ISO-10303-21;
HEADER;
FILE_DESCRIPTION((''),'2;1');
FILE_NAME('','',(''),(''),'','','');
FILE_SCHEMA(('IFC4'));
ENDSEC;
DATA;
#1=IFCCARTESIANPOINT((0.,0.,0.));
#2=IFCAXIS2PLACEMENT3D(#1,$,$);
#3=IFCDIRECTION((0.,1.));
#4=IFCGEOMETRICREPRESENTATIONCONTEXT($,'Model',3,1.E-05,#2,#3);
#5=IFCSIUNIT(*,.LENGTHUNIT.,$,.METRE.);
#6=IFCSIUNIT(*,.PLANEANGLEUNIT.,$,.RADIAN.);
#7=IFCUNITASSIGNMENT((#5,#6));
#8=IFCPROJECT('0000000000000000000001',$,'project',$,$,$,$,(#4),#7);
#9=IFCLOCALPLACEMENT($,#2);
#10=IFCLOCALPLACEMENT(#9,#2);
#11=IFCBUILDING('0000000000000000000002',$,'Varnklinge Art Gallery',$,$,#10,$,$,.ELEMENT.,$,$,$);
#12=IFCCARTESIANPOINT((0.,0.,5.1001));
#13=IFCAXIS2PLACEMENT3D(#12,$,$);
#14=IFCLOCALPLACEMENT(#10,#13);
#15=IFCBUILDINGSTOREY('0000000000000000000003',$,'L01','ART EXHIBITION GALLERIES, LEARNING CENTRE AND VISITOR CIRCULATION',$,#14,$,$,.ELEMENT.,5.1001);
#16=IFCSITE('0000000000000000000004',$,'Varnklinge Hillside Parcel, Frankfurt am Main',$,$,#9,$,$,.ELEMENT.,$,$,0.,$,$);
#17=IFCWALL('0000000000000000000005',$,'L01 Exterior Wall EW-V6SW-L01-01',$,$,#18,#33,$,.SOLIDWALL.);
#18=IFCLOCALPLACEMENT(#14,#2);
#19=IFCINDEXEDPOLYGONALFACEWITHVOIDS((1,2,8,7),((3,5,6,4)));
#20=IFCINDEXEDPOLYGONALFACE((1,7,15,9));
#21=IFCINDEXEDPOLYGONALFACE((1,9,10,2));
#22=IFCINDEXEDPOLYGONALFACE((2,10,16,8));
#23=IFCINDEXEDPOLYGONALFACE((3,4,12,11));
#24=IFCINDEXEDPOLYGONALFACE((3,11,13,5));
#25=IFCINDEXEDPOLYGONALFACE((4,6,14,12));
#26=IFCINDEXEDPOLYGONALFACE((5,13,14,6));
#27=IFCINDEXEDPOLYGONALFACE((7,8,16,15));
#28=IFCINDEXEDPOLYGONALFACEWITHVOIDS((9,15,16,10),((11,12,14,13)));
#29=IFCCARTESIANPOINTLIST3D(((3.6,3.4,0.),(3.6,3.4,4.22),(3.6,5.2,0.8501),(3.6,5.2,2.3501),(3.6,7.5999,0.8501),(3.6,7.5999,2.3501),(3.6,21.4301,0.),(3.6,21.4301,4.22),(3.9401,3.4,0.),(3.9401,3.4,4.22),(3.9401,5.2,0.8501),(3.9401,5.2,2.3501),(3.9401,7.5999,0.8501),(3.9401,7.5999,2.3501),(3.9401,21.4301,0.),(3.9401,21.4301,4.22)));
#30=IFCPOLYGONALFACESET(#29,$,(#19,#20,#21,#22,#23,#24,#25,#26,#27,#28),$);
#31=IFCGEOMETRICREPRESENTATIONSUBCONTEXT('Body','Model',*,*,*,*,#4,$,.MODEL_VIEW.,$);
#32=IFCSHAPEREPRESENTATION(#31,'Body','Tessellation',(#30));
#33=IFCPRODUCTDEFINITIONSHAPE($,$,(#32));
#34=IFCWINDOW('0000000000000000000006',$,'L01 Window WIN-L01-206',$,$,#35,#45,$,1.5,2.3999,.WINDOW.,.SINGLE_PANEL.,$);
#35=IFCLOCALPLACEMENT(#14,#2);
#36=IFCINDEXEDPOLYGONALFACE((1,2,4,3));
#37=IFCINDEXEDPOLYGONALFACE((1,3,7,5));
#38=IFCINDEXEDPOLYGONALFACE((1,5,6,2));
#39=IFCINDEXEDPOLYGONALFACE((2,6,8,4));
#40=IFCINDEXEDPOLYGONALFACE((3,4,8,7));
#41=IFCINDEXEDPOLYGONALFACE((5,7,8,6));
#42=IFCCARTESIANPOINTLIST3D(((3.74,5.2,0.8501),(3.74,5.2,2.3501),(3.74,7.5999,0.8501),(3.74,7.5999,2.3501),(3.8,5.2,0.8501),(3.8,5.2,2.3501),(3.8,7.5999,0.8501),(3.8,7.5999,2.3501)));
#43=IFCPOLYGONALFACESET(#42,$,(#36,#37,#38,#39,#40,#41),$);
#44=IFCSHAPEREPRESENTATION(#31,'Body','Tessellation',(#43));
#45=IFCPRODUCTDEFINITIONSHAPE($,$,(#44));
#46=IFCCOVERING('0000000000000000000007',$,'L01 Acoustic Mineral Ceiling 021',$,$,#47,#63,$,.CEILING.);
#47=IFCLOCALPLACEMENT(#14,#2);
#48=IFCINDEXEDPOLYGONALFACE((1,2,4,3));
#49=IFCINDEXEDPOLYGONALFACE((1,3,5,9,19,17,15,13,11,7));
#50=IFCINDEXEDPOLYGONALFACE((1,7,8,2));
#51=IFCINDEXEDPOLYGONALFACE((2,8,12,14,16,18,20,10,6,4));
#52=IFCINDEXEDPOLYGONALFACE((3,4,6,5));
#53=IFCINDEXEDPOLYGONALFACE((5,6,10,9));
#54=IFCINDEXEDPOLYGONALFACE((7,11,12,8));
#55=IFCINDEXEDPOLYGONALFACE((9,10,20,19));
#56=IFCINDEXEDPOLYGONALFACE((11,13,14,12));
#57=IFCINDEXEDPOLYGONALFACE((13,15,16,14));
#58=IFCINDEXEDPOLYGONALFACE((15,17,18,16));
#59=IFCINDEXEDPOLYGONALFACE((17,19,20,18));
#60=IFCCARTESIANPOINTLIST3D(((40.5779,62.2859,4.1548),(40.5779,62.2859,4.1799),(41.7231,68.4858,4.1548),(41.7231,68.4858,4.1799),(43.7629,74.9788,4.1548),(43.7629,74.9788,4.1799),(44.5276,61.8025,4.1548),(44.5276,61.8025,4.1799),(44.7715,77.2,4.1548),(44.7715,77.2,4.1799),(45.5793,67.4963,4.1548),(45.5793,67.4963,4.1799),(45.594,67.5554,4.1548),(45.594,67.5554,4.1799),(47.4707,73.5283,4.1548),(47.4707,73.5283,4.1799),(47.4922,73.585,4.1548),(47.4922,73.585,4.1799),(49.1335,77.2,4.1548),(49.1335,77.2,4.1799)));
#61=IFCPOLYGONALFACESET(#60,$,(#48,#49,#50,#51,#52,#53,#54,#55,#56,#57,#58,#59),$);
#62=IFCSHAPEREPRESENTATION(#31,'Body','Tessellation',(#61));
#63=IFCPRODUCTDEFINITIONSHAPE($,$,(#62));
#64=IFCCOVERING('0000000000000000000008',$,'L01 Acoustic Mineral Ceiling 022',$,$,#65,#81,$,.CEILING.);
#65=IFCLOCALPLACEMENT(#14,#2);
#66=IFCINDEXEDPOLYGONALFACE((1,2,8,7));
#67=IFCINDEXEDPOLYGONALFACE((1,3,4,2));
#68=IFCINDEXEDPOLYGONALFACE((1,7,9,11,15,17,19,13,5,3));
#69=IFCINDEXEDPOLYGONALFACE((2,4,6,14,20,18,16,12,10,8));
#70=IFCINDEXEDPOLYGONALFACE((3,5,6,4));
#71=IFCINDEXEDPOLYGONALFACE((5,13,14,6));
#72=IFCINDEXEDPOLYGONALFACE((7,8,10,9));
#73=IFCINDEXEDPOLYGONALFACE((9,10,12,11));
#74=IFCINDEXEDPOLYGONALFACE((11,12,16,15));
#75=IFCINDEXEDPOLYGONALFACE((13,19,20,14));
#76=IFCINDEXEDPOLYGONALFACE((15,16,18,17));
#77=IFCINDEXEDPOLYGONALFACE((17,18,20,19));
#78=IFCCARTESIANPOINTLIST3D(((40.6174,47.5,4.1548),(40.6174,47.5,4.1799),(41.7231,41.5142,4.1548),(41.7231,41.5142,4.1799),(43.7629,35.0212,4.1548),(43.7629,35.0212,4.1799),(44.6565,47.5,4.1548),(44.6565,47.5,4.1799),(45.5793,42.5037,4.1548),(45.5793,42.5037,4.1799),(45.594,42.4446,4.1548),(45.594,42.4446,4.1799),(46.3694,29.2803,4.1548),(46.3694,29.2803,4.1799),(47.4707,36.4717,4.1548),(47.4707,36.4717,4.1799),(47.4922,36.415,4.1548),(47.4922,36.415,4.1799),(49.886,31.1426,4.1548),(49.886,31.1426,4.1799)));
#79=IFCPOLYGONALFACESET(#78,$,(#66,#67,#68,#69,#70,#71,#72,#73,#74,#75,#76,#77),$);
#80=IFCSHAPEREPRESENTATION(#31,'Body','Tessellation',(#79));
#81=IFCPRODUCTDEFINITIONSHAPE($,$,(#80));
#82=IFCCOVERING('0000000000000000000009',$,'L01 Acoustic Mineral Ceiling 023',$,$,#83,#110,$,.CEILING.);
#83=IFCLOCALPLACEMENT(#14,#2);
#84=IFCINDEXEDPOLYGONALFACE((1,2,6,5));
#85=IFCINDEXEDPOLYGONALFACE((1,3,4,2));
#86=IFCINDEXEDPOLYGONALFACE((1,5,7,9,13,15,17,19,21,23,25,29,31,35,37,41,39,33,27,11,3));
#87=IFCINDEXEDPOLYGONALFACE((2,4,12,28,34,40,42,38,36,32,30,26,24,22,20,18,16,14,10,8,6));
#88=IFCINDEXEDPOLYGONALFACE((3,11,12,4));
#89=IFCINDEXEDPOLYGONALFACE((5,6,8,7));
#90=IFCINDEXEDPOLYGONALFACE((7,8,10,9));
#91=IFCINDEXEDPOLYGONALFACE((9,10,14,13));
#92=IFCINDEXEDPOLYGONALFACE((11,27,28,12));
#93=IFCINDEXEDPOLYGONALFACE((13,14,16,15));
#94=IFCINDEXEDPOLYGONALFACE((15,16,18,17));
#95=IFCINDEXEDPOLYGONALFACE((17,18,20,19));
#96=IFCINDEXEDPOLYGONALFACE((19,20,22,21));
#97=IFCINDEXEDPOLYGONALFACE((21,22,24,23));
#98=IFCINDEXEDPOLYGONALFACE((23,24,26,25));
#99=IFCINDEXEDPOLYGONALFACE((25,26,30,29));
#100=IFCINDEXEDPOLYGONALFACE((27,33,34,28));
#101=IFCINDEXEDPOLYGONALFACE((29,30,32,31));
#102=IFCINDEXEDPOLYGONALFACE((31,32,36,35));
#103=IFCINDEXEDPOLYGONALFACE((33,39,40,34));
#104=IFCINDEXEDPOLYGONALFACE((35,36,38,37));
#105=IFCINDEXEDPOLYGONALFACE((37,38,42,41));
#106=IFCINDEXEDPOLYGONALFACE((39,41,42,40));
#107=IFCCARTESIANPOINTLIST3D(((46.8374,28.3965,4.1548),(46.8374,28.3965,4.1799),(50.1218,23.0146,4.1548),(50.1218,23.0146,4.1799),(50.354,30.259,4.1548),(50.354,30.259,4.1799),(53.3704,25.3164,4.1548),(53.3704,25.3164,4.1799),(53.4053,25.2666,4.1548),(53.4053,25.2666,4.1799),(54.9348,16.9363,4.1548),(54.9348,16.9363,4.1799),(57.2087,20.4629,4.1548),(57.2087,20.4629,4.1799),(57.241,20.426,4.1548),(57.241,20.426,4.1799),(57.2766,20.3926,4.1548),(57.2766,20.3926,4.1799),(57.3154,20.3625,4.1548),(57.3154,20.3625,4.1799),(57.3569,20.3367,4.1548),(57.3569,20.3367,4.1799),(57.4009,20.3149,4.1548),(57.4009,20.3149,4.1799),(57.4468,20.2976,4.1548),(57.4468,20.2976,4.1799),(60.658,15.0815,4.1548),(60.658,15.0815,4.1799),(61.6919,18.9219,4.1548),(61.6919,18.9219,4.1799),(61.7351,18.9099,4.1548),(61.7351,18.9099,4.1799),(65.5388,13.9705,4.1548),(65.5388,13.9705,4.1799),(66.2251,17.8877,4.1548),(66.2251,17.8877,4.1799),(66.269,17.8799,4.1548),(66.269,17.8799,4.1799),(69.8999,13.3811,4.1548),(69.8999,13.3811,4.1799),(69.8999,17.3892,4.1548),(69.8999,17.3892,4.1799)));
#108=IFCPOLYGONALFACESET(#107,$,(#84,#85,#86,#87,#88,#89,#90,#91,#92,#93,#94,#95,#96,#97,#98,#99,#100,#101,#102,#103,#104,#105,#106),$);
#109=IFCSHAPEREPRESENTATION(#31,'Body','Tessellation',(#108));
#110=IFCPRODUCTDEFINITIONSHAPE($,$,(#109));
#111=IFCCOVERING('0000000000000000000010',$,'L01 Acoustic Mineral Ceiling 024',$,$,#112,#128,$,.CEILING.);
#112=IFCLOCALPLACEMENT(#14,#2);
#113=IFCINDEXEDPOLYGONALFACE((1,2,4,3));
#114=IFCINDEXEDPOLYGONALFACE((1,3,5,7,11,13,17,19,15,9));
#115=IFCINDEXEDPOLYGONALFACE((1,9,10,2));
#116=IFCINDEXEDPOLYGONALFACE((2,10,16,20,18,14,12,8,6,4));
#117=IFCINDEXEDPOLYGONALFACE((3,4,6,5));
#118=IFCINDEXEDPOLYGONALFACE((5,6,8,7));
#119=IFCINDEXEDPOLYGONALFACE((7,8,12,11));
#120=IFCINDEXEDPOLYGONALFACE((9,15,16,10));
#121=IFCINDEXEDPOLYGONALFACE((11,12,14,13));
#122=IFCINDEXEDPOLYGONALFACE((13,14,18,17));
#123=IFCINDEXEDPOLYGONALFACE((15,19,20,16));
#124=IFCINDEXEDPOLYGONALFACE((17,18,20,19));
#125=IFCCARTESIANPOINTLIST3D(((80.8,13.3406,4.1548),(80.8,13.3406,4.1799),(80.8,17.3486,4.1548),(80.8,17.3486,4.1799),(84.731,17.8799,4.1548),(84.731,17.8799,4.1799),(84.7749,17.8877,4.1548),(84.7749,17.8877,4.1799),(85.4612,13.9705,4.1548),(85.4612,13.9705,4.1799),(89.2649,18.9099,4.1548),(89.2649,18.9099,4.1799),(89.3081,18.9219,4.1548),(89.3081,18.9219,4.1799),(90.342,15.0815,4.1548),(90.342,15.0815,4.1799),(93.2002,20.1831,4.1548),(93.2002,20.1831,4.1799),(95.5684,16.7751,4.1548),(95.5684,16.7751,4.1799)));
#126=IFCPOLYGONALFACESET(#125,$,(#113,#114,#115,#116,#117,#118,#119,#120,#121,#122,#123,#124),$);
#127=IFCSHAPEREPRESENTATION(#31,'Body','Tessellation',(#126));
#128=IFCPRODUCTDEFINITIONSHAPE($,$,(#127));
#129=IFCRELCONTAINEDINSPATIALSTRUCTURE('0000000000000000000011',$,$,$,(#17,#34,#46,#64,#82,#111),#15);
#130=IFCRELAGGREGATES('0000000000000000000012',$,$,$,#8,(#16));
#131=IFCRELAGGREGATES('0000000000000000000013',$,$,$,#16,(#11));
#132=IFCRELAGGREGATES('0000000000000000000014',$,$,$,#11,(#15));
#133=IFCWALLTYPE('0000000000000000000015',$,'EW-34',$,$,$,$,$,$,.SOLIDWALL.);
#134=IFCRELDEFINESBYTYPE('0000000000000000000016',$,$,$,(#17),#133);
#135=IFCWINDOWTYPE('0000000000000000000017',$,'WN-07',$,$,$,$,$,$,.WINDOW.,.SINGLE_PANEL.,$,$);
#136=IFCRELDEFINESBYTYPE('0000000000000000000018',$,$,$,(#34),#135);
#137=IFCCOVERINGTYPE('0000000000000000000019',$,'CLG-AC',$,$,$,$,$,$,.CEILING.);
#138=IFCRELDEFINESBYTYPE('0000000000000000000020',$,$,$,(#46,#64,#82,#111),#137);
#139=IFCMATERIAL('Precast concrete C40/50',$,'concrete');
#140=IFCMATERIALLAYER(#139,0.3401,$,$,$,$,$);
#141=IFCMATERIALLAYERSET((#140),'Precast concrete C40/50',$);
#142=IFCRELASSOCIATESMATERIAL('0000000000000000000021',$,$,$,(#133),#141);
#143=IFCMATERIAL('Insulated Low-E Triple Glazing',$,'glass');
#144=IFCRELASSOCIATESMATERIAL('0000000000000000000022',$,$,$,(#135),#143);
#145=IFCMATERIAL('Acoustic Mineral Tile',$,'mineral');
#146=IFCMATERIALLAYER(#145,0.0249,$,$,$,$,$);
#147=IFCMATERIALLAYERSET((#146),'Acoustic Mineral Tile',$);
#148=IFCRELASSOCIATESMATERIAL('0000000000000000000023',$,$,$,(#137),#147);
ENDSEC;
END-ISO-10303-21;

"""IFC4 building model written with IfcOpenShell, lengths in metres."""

from ifc_helpers import new_model, si_unit, direction, frame, frame_2d, origin, place, context, subcontext, project, spatial, polyline, rectangle, outline, extrude, material, layer, layer_set, type_object, element, fill, save


model = new_model("IFC4")

# Units and contexts
model_context = context("Model", 3, precision=1e-05, world=origin(), true_north=direction((0.0, 1.0)))
body_context = subcontext(model_context, "Body", "Model", "MODEL_VIEW")
ifc_project = project(units=[si_unit("LENGTHUNIT", "METRE"), si_unit("PLANEANGLEUNIT", "RADIAN")], contexts=[model_context])

# Site, building, storey
site_placement = place(None, origin())
site = spatial("IfcSite", under=ifc_project, at=site_placement, Name="Varnklinge Hillside Parcel, Frankfurt am Main", CompositionType="ELEMENT", RefElevation=0.0)
building_placement = place(site_placement, origin())
building = spatial("IfcBuilding", under=site, at=building_placement, Name="Varnklinge Art Gallery", CompositionType="ELEMENT")
storey_placement = place(building_placement, frame((0.0, 0.0, 5.1001)))
storey = spatial("IfcBuildingStorey", under=building, at=storey_placement, Name="L01", Description="ART EXHIBITION GALLERIES, LEARNING CENTRE AND VISITOR CIRCULATION", CompositionType="ELEMENT", Elevation=5.1001)

# Wall, opening, window
ifc_material_1 = material(Name="Precast concrete C40/50", Category="concrete")
ifc_layer_1 = layer(ifc_material_1, 0.3401)
ifc_layer_set_1 = layer_set([ifc_layer_1], Name="Precast concrete C40/50")
wall_type = type_object("IfcWallType", Name="EW-34", PredefinedType="SOLIDWALL", material=ifc_layer_set_1)
wall_placement = place(storey_placement, frame((3.77, 3.3999, 0.0), z_axis=(0.0, 0.0, 1.0), x_axis=(0.0, 1.0, 0.0)))
wall = element("IfcWall", 1, at=wall_placement, inside=storey, type_object=wall_type, Name="L01 Exterior Wall EW-V6SW-L01-01", PredefinedType="SOLIDWALL", context=body_context, shape_type="SweptSolid", body=[
    extrude(rectangle(XDim=18.03, YDim=0.3401, at=frame_2d((9.0151, 0.0))), origin(), (0.0, 0.0, 1.0), 4.22),
])
opening_placement = place(wall_placement, frame((1.8, 0.0, 0.8501)))
opening = element("IfcOpeningElement", 2, at=opening_placement, cuts=wall, PredefinedType="OPENING", context=body_context, shape_type="SweptSolid", body=[
    extrude(rectangle(XDim=2.3999, YDim=1.5, at=frame_2d((1.2, 0.75))), frame((0.0, 0.1799, 0.0), z_axis=(0.0, -1.0, 0.0), x_axis=(1.0, 0.0, 0.0)), (0.0, 0.0, 1.0), 0.3601),
])
ifc_material_2 = material(Name="Insulated Low-E Triple Glazing", Category="glass")
window_type = type_object("IfcWindowType", Name="WN-07", PartitioningType="SINGLE_PANEL", PredefinedType="WINDOW", material=ifc_material_2)
window_placement = place(opening_placement, origin())
window = element("IfcWindow", 3, at=window_placement, inside=storey, type_object=window_type, Name="L01 Window WIN-L01-206", OverallHeight=1.5, OverallWidth=2.3999, PartitioningType="SINGLE_PANEL", PredefinedType="WINDOW", context=body_context, shape_type="SweptSolid", body=[
    extrude(rectangle(XDim=2.3999, YDim=1.5, at=frame_2d((1.2, 0.75))), frame((0.0, 0.03, 0.0), z_axis=(0.0, -1.0, 0.0), x_axis=(1.0, 0.0, 0.0)), (0.0, 0.0, 1.0), 0.0601),
])
fill(opening, window)

# Coverings
ifc_material_3 = material(Name="Acoustic Mineral Tile", Category="mineral")
ifc_layer_2 = layer(ifc_material_3, 0.0249)
ifc_layer_set_2 = layer_set([ifc_layer_2], Name="Acoustic Mineral Tile")
covering_type_1 = type_object("IfcCoveringType", Name="CLG-AC", PredefinedType="CEILING", material=ifc_layer_set_2)
covering_1_placement = place(storey_placement, frame((0.0, 0.0, 4.1548)))
element("IfcCovering", 4, at=covering_1_placement, inside=storey, type_object=covering_type_1, Name="L01 Acoustic Mineral Ceiling 021", PredefinedType="CEILING", context=body_context, shape_type="SweptSolid", body=[
    extrude(outline(polyline([(47.4707, 73.5283), (47.4922, 73.585), (49.1335, 77.2), (44.7715, 77.2), (43.7629, 74.9788), (41.7231, 68.4858), (40.5779, 62.2859), (44.5276, 61.8025), (45.5793, 67.4963), (45.594, 67.5554), (47.4707, 73.5283)])), origin(), (0.0, 0.0, 1.0), 0.0251),
])
covering_2_placement = place(storey_placement, frame((0.0, 0.0, 4.1548)))
element("IfcCovering", 5, at=covering_2_placement, inside=storey, type_object=covering_type_1, Name="L01 Acoustic Mineral Ceiling 022", PredefinedType="CEILING", context=body_context, shape_type="SweptSolid", body=[
    extrude(outline(polyline([(44.6565, 47.5), (40.6174, 47.5), (41.7231, 41.5142), (43.7629, 35.0212), (46.3694, 29.2803), (49.886, 31.1426), (47.4922, 36.415), (47.4707, 36.4717), (45.594, 42.4446), (45.5793, 42.5037), (44.6565, 47.5)])), origin(), (0.0, 0.0, 1.0), 0.0251),
])
covering_3_placement = place(storey_placement, frame((0.0, 0.0, 4.1548)))
element("IfcCovering", 6, at=covering_3_placement, inside=storey, type_object=covering_type_1, Name="L01 Acoustic Mineral Ceiling 023", PredefinedType="CEILING", context=body_context, shape_type="SweptSolid", body=[
    extrude(outline(polyline([(54.9348, 16.9363), (60.658, 15.0815), (65.5388, 13.9705), (69.8999, 13.3811), (69.8999, 17.3892), (66.269, 17.8799), (66.2251, 17.8877), (61.7351, 18.9099), (61.6919, 18.9219), (57.4468, 20.2976), (57.4009, 20.3149), (57.3569, 20.3367), (57.3154, 20.3625), (57.2766, 20.3926), (57.241, 20.426), (57.2087, 20.4629), (53.4053, 25.2666), (53.3704, 25.3164), (50.354, 30.259), (46.8374, 28.3965), (50.1218, 23.0146), (54.9348, 16.9363)])), origin(), (0.0, 0.0, 1.0), 0.0251),
])
covering_4_placement = place(storey_placement, frame((0.0, 0.0, 4.1548)))
element("IfcCovering", 7, at=covering_4_placement, inside=storey, type_object=covering_type_1, Name="L01 Acoustic Mineral Ceiling 024", PredefinedType="CEILING", context=body_context, shape_type="SweptSolid", body=[
    extrude(outline(polyline([(85.4612, 13.9705), (90.342, 15.0815), (95.5684, 16.7751), (93.2002, 20.1831), (89.3081, 18.9219), (89.2649, 18.9099), (84.7749, 17.8877), (84.731, 17.8799), (80.8, 17.3486), (80.8, 13.3406), (85.4612, 13.9705)])), origin(), (0.0, 0.0, 1.0), 0.0251),
])

save(model, "model.ifc")
